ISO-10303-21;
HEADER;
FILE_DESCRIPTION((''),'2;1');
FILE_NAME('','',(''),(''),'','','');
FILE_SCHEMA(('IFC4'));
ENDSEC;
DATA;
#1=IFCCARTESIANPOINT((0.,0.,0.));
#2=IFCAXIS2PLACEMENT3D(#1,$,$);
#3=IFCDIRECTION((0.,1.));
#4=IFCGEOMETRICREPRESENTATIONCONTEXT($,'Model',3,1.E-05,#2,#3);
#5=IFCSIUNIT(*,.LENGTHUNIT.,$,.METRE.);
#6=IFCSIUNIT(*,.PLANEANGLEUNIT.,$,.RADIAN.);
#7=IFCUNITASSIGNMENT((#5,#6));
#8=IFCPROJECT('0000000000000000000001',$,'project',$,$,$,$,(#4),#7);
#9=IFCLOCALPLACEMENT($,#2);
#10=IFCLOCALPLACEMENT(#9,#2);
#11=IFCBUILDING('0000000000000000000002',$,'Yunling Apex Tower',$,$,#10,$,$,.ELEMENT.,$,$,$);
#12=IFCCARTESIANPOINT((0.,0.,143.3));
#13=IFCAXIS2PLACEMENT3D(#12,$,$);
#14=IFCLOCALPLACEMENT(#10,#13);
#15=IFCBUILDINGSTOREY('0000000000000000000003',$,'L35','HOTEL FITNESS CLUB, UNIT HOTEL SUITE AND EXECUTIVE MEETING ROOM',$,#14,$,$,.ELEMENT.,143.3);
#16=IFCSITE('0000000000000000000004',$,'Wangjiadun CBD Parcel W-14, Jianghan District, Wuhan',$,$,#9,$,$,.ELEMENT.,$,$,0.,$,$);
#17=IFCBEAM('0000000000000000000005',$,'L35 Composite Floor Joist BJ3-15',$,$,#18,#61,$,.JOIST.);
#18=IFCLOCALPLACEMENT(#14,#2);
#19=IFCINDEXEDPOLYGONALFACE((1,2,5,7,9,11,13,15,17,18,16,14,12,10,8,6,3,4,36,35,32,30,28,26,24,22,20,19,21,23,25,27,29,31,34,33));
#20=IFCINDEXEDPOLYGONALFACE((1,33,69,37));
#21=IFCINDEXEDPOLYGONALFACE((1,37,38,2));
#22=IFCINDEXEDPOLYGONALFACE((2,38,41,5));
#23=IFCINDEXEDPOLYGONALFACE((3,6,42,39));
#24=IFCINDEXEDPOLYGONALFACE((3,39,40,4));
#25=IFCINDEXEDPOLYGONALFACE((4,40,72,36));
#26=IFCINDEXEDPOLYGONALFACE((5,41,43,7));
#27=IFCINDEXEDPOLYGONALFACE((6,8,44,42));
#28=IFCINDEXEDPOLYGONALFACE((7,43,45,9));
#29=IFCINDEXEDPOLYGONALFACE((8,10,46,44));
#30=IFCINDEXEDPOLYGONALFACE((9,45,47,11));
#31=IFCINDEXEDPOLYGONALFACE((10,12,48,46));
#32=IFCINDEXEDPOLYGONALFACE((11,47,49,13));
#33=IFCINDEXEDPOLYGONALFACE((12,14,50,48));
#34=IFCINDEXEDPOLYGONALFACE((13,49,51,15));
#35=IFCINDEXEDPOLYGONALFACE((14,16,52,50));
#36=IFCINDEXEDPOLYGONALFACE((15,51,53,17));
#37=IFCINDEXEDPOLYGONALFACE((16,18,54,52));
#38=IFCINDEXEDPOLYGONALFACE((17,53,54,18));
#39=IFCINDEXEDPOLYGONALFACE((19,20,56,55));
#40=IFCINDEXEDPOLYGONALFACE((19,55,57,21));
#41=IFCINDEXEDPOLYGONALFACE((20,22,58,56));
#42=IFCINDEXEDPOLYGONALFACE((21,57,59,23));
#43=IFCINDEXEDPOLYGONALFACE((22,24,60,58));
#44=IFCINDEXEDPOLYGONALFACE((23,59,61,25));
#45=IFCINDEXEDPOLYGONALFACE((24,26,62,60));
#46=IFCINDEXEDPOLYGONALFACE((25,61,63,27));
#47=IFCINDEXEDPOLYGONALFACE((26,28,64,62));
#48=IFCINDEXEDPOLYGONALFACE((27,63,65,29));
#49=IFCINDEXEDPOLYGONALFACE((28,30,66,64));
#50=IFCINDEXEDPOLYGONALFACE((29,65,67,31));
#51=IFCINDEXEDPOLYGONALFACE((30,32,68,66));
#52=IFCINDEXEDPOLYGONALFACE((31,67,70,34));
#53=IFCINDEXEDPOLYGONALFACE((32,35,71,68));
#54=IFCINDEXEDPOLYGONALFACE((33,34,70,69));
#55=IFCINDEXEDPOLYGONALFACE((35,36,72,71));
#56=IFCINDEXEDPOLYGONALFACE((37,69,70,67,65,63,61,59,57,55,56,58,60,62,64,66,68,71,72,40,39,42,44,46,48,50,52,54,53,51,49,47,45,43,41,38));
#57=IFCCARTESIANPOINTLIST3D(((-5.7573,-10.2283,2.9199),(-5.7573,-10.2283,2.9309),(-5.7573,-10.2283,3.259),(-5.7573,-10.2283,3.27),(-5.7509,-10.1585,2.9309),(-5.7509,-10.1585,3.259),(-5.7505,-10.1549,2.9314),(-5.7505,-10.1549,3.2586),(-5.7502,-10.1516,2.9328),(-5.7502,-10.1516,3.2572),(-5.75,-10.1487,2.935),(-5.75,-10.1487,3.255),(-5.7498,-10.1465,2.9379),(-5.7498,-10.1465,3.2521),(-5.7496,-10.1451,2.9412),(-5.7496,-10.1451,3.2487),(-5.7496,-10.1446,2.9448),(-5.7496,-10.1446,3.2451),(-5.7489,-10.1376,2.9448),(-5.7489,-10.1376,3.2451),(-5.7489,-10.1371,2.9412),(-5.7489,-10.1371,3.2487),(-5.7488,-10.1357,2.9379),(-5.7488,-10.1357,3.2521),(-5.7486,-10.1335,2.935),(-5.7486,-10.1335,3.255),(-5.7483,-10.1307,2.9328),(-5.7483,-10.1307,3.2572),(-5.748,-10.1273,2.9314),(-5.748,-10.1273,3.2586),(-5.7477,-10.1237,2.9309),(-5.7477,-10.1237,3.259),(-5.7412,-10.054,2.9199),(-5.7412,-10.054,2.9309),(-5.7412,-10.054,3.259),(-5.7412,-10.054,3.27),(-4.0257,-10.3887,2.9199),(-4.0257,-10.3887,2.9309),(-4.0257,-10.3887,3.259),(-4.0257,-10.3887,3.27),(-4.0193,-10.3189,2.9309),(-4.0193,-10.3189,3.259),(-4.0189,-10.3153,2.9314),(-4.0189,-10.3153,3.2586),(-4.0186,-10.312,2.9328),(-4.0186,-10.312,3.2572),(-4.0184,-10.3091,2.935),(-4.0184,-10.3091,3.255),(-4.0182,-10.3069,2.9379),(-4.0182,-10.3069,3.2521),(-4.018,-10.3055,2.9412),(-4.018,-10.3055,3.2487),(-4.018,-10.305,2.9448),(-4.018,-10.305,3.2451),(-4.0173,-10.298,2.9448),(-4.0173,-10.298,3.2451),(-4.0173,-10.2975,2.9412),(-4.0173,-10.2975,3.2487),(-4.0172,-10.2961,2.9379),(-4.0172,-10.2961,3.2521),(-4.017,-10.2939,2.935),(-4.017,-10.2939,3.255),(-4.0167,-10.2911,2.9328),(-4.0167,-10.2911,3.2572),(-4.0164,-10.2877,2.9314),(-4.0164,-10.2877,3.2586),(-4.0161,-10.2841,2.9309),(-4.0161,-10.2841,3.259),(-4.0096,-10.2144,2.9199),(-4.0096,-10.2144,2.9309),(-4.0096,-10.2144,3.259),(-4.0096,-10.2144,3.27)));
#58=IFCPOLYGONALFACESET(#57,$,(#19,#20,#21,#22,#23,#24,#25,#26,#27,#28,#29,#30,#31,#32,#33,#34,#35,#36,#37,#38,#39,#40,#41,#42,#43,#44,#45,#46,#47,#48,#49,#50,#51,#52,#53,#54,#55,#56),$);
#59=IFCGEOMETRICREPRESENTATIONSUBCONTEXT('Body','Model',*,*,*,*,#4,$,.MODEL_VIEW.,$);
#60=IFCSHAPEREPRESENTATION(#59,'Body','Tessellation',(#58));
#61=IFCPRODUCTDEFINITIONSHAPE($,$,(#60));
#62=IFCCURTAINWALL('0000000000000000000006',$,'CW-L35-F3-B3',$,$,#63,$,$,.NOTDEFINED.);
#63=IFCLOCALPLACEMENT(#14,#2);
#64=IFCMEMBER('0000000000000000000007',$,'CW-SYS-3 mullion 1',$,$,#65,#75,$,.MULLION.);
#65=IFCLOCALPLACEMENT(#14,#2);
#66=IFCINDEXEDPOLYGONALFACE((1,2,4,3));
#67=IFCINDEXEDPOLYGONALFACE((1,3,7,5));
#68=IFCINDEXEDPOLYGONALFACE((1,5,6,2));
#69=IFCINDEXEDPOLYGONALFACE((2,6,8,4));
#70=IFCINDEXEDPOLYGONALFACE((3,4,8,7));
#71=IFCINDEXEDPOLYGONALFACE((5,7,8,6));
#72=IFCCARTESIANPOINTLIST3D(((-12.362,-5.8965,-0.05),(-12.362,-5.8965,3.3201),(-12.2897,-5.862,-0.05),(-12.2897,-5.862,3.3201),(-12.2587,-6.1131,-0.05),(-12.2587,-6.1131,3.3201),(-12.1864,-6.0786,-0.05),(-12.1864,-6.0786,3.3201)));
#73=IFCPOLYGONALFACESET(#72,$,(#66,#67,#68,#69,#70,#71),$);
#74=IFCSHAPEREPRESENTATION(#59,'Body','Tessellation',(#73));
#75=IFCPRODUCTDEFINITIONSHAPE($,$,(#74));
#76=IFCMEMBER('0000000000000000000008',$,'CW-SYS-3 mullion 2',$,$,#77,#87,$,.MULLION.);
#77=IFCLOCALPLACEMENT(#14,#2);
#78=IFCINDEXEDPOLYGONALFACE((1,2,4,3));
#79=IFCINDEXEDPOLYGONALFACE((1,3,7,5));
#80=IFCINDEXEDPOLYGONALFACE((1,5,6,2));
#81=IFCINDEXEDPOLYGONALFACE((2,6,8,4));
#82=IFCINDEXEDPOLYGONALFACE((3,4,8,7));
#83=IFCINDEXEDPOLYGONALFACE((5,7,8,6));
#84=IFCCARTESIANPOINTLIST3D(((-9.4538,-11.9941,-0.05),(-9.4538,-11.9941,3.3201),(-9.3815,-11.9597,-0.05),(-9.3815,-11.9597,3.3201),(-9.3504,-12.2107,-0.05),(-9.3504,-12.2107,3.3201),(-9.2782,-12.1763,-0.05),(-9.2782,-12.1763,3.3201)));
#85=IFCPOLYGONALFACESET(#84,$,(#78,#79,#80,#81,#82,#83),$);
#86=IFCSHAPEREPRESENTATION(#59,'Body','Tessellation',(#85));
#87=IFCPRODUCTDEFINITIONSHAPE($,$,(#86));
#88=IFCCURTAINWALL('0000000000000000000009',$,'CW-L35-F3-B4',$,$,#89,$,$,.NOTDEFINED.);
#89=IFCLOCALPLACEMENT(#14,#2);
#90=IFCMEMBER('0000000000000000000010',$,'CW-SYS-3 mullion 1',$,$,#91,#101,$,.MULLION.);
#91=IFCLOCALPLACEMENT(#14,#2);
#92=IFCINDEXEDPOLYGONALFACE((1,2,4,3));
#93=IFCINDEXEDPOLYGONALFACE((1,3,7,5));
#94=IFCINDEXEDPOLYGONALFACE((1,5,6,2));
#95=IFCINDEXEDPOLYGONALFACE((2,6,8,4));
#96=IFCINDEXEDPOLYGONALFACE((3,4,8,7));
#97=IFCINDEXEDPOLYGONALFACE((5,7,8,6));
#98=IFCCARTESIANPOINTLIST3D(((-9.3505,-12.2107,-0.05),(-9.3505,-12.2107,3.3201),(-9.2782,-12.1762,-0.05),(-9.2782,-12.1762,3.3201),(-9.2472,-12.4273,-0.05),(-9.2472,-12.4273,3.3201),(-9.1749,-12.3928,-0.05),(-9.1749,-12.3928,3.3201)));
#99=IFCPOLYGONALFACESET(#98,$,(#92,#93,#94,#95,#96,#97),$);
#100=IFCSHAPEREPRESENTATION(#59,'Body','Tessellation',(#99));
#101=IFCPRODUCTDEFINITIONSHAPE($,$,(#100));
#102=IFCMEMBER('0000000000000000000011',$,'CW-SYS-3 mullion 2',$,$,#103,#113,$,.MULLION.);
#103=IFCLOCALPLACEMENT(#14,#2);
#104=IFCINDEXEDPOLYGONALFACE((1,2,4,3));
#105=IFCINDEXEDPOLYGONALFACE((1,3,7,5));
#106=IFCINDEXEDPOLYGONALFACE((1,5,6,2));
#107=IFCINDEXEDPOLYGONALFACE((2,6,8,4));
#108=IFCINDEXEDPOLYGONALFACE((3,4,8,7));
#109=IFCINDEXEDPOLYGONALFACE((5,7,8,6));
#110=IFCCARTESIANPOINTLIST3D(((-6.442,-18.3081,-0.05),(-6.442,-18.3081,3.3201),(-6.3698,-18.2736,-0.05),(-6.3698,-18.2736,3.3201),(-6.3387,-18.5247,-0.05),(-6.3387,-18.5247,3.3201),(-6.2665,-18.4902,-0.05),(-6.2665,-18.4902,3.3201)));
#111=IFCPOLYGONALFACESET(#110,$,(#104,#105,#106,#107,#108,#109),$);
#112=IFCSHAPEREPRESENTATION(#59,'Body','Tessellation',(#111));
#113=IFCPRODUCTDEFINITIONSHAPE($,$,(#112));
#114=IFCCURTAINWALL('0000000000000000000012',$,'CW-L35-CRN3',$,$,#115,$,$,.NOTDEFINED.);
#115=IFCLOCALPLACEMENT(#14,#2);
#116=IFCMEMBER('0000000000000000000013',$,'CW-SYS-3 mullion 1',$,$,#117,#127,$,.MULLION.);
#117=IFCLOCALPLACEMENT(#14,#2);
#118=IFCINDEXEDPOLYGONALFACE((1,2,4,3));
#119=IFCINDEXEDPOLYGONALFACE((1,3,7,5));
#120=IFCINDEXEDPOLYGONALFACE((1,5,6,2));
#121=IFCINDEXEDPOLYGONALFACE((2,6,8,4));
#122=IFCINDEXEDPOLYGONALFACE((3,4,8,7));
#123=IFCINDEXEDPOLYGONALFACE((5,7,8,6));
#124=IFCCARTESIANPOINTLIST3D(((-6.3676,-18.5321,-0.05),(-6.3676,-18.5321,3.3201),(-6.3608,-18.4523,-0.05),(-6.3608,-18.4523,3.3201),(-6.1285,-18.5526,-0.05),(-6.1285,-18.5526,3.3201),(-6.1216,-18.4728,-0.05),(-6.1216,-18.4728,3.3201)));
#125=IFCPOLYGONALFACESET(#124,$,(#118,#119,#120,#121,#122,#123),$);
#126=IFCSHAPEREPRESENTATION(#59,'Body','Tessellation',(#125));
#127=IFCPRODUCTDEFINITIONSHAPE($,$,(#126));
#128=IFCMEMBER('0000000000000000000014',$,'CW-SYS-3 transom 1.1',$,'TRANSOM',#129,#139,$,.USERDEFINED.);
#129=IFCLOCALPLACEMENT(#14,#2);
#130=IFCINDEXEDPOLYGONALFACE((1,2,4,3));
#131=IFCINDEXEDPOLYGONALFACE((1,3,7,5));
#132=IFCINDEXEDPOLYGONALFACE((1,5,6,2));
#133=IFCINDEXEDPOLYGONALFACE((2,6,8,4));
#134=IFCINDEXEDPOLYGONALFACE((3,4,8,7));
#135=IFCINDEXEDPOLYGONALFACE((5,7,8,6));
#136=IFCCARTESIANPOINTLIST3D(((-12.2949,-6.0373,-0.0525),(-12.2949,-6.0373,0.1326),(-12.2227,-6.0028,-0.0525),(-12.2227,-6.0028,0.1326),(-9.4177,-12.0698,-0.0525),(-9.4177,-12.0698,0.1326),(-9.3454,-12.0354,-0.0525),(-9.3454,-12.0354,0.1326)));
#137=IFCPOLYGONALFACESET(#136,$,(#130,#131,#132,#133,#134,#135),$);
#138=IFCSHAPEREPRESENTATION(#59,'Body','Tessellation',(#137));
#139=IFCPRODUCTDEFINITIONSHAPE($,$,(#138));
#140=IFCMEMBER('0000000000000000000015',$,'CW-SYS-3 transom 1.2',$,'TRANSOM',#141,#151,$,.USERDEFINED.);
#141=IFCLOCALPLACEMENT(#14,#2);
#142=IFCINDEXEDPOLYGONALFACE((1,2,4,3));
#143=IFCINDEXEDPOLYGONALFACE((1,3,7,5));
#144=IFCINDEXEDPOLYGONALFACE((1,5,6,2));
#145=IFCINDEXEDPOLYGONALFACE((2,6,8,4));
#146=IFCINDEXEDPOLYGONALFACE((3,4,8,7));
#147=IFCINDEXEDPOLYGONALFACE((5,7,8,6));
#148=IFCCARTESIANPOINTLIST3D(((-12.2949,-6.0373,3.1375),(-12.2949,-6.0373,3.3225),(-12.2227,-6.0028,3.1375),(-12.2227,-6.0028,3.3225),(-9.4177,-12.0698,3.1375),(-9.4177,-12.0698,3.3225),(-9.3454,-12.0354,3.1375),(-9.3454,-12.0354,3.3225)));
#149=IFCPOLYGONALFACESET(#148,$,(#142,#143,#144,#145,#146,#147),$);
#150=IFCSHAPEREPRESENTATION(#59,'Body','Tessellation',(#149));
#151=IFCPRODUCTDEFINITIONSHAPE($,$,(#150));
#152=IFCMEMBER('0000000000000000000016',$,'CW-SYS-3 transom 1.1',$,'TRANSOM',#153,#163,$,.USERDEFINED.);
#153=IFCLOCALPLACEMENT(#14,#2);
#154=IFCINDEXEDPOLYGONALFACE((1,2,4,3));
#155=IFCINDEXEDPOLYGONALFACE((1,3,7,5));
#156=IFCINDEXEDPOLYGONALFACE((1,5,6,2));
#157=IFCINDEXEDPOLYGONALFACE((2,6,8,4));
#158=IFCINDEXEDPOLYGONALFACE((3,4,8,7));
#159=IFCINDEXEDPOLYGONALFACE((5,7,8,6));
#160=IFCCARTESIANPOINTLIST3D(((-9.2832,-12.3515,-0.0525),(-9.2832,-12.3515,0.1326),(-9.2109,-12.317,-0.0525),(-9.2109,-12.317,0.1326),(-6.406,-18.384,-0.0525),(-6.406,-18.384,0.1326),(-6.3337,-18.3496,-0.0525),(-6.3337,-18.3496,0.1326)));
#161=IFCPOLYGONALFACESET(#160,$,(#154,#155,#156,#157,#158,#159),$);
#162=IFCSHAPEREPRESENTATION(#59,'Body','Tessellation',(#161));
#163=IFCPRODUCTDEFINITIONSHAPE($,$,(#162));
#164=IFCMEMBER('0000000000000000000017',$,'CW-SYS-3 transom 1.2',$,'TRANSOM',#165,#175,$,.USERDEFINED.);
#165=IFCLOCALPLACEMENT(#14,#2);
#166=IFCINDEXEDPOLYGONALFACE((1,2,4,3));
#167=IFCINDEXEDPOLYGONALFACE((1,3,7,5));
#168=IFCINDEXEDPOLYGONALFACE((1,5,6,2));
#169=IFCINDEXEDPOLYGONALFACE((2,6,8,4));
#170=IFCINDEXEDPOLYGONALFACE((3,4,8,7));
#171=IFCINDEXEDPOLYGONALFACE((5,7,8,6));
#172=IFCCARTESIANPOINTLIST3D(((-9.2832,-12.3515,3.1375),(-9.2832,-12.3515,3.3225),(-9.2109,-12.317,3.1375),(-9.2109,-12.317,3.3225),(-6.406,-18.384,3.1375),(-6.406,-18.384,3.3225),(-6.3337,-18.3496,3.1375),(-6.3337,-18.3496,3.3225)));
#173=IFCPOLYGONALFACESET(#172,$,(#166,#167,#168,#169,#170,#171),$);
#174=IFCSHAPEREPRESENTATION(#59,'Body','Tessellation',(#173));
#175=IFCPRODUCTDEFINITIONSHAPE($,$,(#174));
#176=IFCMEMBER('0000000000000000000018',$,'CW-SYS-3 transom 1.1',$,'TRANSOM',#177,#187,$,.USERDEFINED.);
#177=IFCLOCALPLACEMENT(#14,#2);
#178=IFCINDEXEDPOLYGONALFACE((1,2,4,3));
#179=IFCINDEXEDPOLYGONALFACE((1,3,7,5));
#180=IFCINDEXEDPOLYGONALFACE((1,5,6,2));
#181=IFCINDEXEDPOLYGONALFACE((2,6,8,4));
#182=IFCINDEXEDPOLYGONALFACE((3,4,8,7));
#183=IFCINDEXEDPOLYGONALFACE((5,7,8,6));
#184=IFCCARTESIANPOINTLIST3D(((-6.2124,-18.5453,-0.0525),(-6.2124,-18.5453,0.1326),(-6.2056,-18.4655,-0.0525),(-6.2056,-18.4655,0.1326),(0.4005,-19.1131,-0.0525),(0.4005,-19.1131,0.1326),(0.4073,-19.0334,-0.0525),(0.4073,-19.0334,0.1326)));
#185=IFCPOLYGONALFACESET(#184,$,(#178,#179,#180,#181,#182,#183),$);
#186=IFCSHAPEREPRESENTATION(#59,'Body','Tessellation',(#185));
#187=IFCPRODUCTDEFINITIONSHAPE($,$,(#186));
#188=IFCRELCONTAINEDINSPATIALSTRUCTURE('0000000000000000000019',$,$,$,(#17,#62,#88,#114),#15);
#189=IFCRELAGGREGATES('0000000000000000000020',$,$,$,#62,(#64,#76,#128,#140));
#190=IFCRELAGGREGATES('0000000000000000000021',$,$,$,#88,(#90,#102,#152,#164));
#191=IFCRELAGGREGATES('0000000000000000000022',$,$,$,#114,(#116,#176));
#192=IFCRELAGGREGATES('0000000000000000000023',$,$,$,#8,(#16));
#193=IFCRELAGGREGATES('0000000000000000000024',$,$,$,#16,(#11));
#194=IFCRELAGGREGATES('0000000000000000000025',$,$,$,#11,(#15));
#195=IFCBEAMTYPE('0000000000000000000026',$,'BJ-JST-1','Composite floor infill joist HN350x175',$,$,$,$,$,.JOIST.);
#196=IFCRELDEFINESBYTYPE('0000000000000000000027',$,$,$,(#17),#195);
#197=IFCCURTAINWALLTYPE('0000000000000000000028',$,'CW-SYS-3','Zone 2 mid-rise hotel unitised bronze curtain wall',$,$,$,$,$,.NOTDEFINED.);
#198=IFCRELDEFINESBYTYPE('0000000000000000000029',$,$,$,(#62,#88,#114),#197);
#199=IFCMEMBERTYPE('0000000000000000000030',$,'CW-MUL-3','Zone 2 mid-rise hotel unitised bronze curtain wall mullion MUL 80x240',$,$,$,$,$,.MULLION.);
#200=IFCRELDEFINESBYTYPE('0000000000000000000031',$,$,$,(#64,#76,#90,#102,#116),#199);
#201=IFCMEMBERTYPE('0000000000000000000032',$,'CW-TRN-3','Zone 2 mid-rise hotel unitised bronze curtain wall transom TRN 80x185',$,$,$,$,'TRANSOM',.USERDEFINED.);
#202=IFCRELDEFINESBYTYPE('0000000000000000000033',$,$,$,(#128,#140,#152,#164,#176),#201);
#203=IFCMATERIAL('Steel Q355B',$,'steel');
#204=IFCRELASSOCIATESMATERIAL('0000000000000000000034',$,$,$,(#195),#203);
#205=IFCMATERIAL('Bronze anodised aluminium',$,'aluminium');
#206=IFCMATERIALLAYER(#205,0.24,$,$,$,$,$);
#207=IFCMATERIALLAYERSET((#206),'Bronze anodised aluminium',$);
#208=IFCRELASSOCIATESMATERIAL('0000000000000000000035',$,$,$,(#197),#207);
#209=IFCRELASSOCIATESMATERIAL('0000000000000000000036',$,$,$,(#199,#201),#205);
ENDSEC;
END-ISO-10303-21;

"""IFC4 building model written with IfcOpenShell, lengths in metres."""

from ifc_helpers import new_model, si_unit, direction, frame, origin, origin_2d, place, context, subcontext, project, spatial, rectangle, i_section, extrude, source, transform, mapped, material, layer, layer_set, material_profile, profile_set, type_object, element, aggregate, save


model = new_model("IFC4")

# Units and contexts
model_context = context("Model", 3, precision=1e-05, world=origin(), true_north=direction((0.0, 1.0)))
body_context = subcontext(model_context, "Body", "Model", "MODEL_VIEW")
ifc_project = project(units=[si_unit("LENGTHUNIT", "METRE"), si_unit("PLANEANGLEUNIT", "RADIAN")], contexts=[model_context])

# Site, building, storey
site_placement = place(None, origin())
site = spatial("IfcSite", under=ifc_project, at=site_placement, Name="Wangjiadun CBD Parcel W-14, Jianghan District, Wuhan", CompositionType="ELEMENT", RefElevation=0.0)
building_placement = place(site_placement, origin())
building = spatial("IfcBuilding", under=site, at=building_placement, Name="Yunling Apex Tower", CompositionType="ELEMENT")
storey_placement = place(building_placement, frame((0.0, 0.0, 143.3)))
storey = spatial("IfcBuildingStorey", under=building, at=storey_placement, Name="L35", Description="HOTEL FITNESS CLUB, UNIT HOTEL SUITE AND EXECUTIVE MEETING ROOM", CompositionType="ELEMENT", Elevation=143.3)

# Beam
ifc_material_1 = material(Name="Steel Q355B", Category="steel")
ifc_material_profile_1 = material_profile(ifc_material_1, i_section(OverallWidth=0.175, OverallDepth=0.3501, WebThickness=0.0071, FlangeThickness=0.011, FilletRadius=0.0139, at=origin_2d()))
ifc_profile_set_1 = profile_set([ifc_material_profile_1], Name="Steel Q355B")
beam_type_1 = type_object("IfcBeamType", Name="BJ-JST-1", Description="Composite floor infill joist HN350x175", PredefinedType="JOIST", material=ifc_profile_set_1)
shared_shape_1 = source(origin(), body_context, "Body", "SweptSolid", [
    extrude(i_section(OverallWidth=0.175, OverallDepth=0.3501, WebThickness=0.0071, FlangeThickness=0.011, FilletRadius=0.0139, at=origin_2d()), origin(), (0.0, 0.0, 1.0), 1.739),
])
beam_1_placement = place(storey_placement, frame((-5.7493, -10.1411, 3.095), z_axis=(0.995738, -0.092232, 0.0), x_axis=(0.092232, 0.995738, 0.0)))
element("IfcBeam", 1, at=beam_1_placement, inside=storey, type_object=beam_type_1, Name="L35 Composite Floor Joist BJ3-15", PredefinedType="JOIST", context=body_context, shape_type="MappedRepresentation", body=[
    mapped(shared_shape_1, transform((0.0, 0.0, 0.0), scale=1.0)),
])

# Curtain walls, members
ifc_material_2 = material(Name="Bronze anodised aluminium", Category="aluminium")
ifc_layer_1 = layer(ifc_material_2, 0.24)
ifc_layer_set_1 = layer_set([ifc_layer_1], Name="Bronze anodised aluminium")
curtain_wall_type = type_object("IfcCurtainWallType", Name="CW-SYS-3", Description="Zone 2 mid-rise hotel unitised bronze curtain wall", PredefinedType="NOTDEFINED", material=ifc_layer_set_1)
curtain_wall_1_placement = place(storey_placement, origin())
curtain_wall_1 = element("IfcCurtainWall", 2, at=curtain_wall_1_placement, inside=storey, type_object=curtain_wall_type, Name="CW-L35-F3-B3", PredefinedType="NOTDEFINED")
ifc_material_profile_2 = material_profile(ifc_material_2, rectangle(XDim=0.0801, YDim=0.24, at=origin_2d()))
ifc_profile_set_2 = profile_set([ifc_material_profile_2], Name="Bronze anodised aluminium")
member_type_1 = type_object("IfcMemberType", Name="CW-MUL-3", Description="Zone 2 mid-rise hotel unitised bronze curtain wall mullion MUL 80x240", PredefinedType="MULLION", material=ifc_profile_set_2)
shared_shape_2 = source(origin(), body_context, "Body", "SweptSolid", [
    extrude(rectangle(XDim=0.0801, YDim=0.24, at=origin_2d()), origin(), (0.0, 0.0, 1.0), 3.3701),
])
member_1_placement = place(storey_placement, frame((-12.2742, -5.9875, -0.05), z_axis=(0.0, 0.0, 1.0), x_axis=(0.902593, 0.430494, 0.0)))
member_1 = element("IfcMember", 3, at=member_1_placement, type_object=member_type_1, Name="CW-SYS-3 mullion 1", PredefinedType="MULLION", context=body_context, shape_type="MappedRepresentation", body=[
    mapped(shared_shape_2, transform((0.0, 0.0, 0.0), scale=1.0)),
])
member_2_placement = place(storey_placement, frame((-9.366, -12.0852, -0.05), z_axis=(0.0, 0.0, 1.0), x_axis=(0.902593, 0.430494, 0.0)))
member_2 = element("IfcMember", 4, at=member_2_placement, type_object=member_type_1, Name="CW-SYS-3 mullion 2", PredefinedType="MULLION", context=body_context, shape_type="MappedRepresentation", body=[
    mapped(shared_shape_2, transform((0.0, 0.0, 0.0), scale=1.0)),
])
curtain_wall_2_placement = place(storey_placement, origin())
curtain_wall_2 = element("IfcCurtainWall", 5, at=curtain_wall_2_placement, inside=storey, type_object=curtain_wall_type, Name="CW-L35-F3-B4", PredefinedType="NOTDEFINED")
member_3_placement = place(storey_placement, frame((-9.2627, -12.3018, -0.05), z_axis=(0.0, 0.0, 1.0), x_axis=(0.902585, 0.430512, 0.0)))
member_3 = element("IfcMember", 6, at=member_3_placement, type_object=member_type_1, Name="CW-SYS-3 mullion 1", PredefinedType="MULLION", context=body_context, shape_type="MappedRepresentation", body=[
    mapped(shared_shape_2, transform((0.0, 0.0, 0.0), scale=1.0)),
])
member_4_placement = place(storey_placement, frame((-6.3542, -18.3992, -0.05), z_axis=(0.0, 0.0, 1.0), x_axis=(0.902585, 0.430512, 0.0)))
member_4 = element("IfcMember", 7, at=member_4_placement, type_object=member_type_1, Name="CW-SYS-3 mullion 2", PredefinedType="MULLION", context=body_context, shape_type="MappedRepresentation", body=[
    mapped(shared_shape_2, transform((0.0, 0.0, 0.0), scale=1.0)),
])

# Curtain wall, member
curtain_wall_3_placement = place(storey_placement, origin())
curtain_wall_3 = element("IfcCurtainWall", 8, at=curtain_wall_3_placement, inside=storey, type_object=curtain_wall_type, Name="CW-L35-CRN3", PredefinedType="NOTDEFINED")
member_5_placement = place(storey_placement, frame((-6.2446, -18.5024, -0.05), z_axis=(0.0, 0.0, 1.0), x_axis=(0.08555, 0.996334, 0.0)))
member_5 = element("IfcMember", 9, at=member_5_placement, type_object=member_type_1, Name="CW-SYS-3 mullion 1", PredefinedType="MULLION", context=body_context, shape_type="MappedRepresentation", body=[
    mapped(shared_shape_2, transform((0.0, 0.0, 0.0), scale=1.0)),
])

# Members
ifc_material_profile_3 = material_profile(ifc_material_2, rectangle(XDim=0.0801, YDim=0.1851, at=origin_2d()))
ifc_profile_set_3 = profile_set([ifc_material_profile_3], Name="Bronze anodised aluminium")
member_type_2 = type_object("IfcMemberType", Name="CW-TRN-3", Description="Zone 2 mid-rise hotel unitised bronze curtain wall transom TRN 80x185", ElementType="TRANSOM", PredefinedType="USERDEFINED", material=ifc_profile_set_3)
shared_shape_3 = source(origin(), body_context, "Body", "SweptSolid", [
    extrude(rectangle(XDim=0.0801, YDim=0.1851, at=origin_2d()), origin(), (0.0, 0.0, 1.0), 6.6836),
])
member_6_placement = place(storey_placement, frame((-12.2588, -6.02, 0.04), z_axis=(0.430494, -0.902594, 0.0), x_axis=(0.902594, 0.430494, 0.0)))
member_6 = element("IfcMember", 10, at=member_6_placement, type_object=member_type_2, Name="CW-SYS-3 transom 1.1", ObjectType="TRANSOM", PredefinedType="USERDEFINED", context=body_context, shape_type="MappedRepresentation", body=[
    mapped(shared_shape_3, transform((0.0, 0.0, 0.0), scale=1.0)),
])
member_7_placement = place(storey_placement, frame((-12.2588, -6.02, 3.23), z_axis=(0.430494, -0.902594, 0.0), x_axis=(0.902594, 0.430494, 0.0)))
member_7 = element("IfcMember", 11, at=member_7_placement, type_object=member_type_2, Name="CW-SYS-3 transom 1.2", ObjectType="TRANSOM", PredefinedType="USERDEFINED", context=body_context, shape_type="MappedRepresentation", body=[
    mapped(shared_shape_3, transform((0.0, 0.0, 0.0), scale=1.0)),
])
member_8_placement = place(storey_placement, frame((-9.2471, -12.3342, 0.04), z_axis=(0.430494, -0.902594, 0.0), x_axis=(0.902594, 0.430494, 0.0)))
member_8 = element("IfcMember", 12, at=member_8_placement, type_object=member_type_2, Name="CW-SYS-3 transom 1.1", ObjectType="TRANSOM", PredefinedType="USERDEFINED", context=body_context, shape_type="MappedRepresentation", body=[
    mapped(shared_shape_3, transform((0.0, 0.0, 0.0), scale=1.0)),
])
member_9_placement = place(storey_placement, frame((-9.2471, -12.3342, 3.23), z_axis=(0.430494, -0.902594, 0.0), x_axis=(0.902594, 0.430494, 0.0)))
member_9 = element("IfcMember", 13, at=member_9_placement, type_object=member_type_2, Name="CW-SYS-3 transom 1.2", ObjectType="TRANSOM", PredefinedType="USERDEFINED", context=body_context, shape_type="MappedRepresentation", body=[
    mapped(shared_shape_3, transform((0.0, 0.0, 0.0), scale=1.0)),
])
shared_shape_4 = source(origin(), body_context, "Body", "SweptSolid", [
    extrude(rectangle(XDim=0.0801, YDim=0.1851, at=origin_2d()), origin(), (0.0, 0.0, 1.0), 6.6372),
])
member_10_placement = place(storey_placement, frame((-6.209, -18.5054, 0.04), z_axis=(0.996333, -0.08556, 0.0), x_axis=(0.08556, 0.996333, 0.0)))
member_10 = element("IfcMember", 14, at=member_10_placement, type_object=member_type_2, Name="CW-SYS-3 transom 1.1", ObjectType="TRANSOM", PredefinedType="USERDEFINED", context=body_context, shape_type="MappedRepresentation", body=[
    mapped(shared_shape_4, transform((0.0, 0.0, 0.0), scale=1.0)),
])

aggregate(curtain_wall_1, [member_1, member_2, member_6, member_7])
aggregate(curtain_wall_2, [member_3, member_4, member_8, member_9])
aggregate(curtain_wall_3, [member_5, member_10])

save(model, "model.ifc")
